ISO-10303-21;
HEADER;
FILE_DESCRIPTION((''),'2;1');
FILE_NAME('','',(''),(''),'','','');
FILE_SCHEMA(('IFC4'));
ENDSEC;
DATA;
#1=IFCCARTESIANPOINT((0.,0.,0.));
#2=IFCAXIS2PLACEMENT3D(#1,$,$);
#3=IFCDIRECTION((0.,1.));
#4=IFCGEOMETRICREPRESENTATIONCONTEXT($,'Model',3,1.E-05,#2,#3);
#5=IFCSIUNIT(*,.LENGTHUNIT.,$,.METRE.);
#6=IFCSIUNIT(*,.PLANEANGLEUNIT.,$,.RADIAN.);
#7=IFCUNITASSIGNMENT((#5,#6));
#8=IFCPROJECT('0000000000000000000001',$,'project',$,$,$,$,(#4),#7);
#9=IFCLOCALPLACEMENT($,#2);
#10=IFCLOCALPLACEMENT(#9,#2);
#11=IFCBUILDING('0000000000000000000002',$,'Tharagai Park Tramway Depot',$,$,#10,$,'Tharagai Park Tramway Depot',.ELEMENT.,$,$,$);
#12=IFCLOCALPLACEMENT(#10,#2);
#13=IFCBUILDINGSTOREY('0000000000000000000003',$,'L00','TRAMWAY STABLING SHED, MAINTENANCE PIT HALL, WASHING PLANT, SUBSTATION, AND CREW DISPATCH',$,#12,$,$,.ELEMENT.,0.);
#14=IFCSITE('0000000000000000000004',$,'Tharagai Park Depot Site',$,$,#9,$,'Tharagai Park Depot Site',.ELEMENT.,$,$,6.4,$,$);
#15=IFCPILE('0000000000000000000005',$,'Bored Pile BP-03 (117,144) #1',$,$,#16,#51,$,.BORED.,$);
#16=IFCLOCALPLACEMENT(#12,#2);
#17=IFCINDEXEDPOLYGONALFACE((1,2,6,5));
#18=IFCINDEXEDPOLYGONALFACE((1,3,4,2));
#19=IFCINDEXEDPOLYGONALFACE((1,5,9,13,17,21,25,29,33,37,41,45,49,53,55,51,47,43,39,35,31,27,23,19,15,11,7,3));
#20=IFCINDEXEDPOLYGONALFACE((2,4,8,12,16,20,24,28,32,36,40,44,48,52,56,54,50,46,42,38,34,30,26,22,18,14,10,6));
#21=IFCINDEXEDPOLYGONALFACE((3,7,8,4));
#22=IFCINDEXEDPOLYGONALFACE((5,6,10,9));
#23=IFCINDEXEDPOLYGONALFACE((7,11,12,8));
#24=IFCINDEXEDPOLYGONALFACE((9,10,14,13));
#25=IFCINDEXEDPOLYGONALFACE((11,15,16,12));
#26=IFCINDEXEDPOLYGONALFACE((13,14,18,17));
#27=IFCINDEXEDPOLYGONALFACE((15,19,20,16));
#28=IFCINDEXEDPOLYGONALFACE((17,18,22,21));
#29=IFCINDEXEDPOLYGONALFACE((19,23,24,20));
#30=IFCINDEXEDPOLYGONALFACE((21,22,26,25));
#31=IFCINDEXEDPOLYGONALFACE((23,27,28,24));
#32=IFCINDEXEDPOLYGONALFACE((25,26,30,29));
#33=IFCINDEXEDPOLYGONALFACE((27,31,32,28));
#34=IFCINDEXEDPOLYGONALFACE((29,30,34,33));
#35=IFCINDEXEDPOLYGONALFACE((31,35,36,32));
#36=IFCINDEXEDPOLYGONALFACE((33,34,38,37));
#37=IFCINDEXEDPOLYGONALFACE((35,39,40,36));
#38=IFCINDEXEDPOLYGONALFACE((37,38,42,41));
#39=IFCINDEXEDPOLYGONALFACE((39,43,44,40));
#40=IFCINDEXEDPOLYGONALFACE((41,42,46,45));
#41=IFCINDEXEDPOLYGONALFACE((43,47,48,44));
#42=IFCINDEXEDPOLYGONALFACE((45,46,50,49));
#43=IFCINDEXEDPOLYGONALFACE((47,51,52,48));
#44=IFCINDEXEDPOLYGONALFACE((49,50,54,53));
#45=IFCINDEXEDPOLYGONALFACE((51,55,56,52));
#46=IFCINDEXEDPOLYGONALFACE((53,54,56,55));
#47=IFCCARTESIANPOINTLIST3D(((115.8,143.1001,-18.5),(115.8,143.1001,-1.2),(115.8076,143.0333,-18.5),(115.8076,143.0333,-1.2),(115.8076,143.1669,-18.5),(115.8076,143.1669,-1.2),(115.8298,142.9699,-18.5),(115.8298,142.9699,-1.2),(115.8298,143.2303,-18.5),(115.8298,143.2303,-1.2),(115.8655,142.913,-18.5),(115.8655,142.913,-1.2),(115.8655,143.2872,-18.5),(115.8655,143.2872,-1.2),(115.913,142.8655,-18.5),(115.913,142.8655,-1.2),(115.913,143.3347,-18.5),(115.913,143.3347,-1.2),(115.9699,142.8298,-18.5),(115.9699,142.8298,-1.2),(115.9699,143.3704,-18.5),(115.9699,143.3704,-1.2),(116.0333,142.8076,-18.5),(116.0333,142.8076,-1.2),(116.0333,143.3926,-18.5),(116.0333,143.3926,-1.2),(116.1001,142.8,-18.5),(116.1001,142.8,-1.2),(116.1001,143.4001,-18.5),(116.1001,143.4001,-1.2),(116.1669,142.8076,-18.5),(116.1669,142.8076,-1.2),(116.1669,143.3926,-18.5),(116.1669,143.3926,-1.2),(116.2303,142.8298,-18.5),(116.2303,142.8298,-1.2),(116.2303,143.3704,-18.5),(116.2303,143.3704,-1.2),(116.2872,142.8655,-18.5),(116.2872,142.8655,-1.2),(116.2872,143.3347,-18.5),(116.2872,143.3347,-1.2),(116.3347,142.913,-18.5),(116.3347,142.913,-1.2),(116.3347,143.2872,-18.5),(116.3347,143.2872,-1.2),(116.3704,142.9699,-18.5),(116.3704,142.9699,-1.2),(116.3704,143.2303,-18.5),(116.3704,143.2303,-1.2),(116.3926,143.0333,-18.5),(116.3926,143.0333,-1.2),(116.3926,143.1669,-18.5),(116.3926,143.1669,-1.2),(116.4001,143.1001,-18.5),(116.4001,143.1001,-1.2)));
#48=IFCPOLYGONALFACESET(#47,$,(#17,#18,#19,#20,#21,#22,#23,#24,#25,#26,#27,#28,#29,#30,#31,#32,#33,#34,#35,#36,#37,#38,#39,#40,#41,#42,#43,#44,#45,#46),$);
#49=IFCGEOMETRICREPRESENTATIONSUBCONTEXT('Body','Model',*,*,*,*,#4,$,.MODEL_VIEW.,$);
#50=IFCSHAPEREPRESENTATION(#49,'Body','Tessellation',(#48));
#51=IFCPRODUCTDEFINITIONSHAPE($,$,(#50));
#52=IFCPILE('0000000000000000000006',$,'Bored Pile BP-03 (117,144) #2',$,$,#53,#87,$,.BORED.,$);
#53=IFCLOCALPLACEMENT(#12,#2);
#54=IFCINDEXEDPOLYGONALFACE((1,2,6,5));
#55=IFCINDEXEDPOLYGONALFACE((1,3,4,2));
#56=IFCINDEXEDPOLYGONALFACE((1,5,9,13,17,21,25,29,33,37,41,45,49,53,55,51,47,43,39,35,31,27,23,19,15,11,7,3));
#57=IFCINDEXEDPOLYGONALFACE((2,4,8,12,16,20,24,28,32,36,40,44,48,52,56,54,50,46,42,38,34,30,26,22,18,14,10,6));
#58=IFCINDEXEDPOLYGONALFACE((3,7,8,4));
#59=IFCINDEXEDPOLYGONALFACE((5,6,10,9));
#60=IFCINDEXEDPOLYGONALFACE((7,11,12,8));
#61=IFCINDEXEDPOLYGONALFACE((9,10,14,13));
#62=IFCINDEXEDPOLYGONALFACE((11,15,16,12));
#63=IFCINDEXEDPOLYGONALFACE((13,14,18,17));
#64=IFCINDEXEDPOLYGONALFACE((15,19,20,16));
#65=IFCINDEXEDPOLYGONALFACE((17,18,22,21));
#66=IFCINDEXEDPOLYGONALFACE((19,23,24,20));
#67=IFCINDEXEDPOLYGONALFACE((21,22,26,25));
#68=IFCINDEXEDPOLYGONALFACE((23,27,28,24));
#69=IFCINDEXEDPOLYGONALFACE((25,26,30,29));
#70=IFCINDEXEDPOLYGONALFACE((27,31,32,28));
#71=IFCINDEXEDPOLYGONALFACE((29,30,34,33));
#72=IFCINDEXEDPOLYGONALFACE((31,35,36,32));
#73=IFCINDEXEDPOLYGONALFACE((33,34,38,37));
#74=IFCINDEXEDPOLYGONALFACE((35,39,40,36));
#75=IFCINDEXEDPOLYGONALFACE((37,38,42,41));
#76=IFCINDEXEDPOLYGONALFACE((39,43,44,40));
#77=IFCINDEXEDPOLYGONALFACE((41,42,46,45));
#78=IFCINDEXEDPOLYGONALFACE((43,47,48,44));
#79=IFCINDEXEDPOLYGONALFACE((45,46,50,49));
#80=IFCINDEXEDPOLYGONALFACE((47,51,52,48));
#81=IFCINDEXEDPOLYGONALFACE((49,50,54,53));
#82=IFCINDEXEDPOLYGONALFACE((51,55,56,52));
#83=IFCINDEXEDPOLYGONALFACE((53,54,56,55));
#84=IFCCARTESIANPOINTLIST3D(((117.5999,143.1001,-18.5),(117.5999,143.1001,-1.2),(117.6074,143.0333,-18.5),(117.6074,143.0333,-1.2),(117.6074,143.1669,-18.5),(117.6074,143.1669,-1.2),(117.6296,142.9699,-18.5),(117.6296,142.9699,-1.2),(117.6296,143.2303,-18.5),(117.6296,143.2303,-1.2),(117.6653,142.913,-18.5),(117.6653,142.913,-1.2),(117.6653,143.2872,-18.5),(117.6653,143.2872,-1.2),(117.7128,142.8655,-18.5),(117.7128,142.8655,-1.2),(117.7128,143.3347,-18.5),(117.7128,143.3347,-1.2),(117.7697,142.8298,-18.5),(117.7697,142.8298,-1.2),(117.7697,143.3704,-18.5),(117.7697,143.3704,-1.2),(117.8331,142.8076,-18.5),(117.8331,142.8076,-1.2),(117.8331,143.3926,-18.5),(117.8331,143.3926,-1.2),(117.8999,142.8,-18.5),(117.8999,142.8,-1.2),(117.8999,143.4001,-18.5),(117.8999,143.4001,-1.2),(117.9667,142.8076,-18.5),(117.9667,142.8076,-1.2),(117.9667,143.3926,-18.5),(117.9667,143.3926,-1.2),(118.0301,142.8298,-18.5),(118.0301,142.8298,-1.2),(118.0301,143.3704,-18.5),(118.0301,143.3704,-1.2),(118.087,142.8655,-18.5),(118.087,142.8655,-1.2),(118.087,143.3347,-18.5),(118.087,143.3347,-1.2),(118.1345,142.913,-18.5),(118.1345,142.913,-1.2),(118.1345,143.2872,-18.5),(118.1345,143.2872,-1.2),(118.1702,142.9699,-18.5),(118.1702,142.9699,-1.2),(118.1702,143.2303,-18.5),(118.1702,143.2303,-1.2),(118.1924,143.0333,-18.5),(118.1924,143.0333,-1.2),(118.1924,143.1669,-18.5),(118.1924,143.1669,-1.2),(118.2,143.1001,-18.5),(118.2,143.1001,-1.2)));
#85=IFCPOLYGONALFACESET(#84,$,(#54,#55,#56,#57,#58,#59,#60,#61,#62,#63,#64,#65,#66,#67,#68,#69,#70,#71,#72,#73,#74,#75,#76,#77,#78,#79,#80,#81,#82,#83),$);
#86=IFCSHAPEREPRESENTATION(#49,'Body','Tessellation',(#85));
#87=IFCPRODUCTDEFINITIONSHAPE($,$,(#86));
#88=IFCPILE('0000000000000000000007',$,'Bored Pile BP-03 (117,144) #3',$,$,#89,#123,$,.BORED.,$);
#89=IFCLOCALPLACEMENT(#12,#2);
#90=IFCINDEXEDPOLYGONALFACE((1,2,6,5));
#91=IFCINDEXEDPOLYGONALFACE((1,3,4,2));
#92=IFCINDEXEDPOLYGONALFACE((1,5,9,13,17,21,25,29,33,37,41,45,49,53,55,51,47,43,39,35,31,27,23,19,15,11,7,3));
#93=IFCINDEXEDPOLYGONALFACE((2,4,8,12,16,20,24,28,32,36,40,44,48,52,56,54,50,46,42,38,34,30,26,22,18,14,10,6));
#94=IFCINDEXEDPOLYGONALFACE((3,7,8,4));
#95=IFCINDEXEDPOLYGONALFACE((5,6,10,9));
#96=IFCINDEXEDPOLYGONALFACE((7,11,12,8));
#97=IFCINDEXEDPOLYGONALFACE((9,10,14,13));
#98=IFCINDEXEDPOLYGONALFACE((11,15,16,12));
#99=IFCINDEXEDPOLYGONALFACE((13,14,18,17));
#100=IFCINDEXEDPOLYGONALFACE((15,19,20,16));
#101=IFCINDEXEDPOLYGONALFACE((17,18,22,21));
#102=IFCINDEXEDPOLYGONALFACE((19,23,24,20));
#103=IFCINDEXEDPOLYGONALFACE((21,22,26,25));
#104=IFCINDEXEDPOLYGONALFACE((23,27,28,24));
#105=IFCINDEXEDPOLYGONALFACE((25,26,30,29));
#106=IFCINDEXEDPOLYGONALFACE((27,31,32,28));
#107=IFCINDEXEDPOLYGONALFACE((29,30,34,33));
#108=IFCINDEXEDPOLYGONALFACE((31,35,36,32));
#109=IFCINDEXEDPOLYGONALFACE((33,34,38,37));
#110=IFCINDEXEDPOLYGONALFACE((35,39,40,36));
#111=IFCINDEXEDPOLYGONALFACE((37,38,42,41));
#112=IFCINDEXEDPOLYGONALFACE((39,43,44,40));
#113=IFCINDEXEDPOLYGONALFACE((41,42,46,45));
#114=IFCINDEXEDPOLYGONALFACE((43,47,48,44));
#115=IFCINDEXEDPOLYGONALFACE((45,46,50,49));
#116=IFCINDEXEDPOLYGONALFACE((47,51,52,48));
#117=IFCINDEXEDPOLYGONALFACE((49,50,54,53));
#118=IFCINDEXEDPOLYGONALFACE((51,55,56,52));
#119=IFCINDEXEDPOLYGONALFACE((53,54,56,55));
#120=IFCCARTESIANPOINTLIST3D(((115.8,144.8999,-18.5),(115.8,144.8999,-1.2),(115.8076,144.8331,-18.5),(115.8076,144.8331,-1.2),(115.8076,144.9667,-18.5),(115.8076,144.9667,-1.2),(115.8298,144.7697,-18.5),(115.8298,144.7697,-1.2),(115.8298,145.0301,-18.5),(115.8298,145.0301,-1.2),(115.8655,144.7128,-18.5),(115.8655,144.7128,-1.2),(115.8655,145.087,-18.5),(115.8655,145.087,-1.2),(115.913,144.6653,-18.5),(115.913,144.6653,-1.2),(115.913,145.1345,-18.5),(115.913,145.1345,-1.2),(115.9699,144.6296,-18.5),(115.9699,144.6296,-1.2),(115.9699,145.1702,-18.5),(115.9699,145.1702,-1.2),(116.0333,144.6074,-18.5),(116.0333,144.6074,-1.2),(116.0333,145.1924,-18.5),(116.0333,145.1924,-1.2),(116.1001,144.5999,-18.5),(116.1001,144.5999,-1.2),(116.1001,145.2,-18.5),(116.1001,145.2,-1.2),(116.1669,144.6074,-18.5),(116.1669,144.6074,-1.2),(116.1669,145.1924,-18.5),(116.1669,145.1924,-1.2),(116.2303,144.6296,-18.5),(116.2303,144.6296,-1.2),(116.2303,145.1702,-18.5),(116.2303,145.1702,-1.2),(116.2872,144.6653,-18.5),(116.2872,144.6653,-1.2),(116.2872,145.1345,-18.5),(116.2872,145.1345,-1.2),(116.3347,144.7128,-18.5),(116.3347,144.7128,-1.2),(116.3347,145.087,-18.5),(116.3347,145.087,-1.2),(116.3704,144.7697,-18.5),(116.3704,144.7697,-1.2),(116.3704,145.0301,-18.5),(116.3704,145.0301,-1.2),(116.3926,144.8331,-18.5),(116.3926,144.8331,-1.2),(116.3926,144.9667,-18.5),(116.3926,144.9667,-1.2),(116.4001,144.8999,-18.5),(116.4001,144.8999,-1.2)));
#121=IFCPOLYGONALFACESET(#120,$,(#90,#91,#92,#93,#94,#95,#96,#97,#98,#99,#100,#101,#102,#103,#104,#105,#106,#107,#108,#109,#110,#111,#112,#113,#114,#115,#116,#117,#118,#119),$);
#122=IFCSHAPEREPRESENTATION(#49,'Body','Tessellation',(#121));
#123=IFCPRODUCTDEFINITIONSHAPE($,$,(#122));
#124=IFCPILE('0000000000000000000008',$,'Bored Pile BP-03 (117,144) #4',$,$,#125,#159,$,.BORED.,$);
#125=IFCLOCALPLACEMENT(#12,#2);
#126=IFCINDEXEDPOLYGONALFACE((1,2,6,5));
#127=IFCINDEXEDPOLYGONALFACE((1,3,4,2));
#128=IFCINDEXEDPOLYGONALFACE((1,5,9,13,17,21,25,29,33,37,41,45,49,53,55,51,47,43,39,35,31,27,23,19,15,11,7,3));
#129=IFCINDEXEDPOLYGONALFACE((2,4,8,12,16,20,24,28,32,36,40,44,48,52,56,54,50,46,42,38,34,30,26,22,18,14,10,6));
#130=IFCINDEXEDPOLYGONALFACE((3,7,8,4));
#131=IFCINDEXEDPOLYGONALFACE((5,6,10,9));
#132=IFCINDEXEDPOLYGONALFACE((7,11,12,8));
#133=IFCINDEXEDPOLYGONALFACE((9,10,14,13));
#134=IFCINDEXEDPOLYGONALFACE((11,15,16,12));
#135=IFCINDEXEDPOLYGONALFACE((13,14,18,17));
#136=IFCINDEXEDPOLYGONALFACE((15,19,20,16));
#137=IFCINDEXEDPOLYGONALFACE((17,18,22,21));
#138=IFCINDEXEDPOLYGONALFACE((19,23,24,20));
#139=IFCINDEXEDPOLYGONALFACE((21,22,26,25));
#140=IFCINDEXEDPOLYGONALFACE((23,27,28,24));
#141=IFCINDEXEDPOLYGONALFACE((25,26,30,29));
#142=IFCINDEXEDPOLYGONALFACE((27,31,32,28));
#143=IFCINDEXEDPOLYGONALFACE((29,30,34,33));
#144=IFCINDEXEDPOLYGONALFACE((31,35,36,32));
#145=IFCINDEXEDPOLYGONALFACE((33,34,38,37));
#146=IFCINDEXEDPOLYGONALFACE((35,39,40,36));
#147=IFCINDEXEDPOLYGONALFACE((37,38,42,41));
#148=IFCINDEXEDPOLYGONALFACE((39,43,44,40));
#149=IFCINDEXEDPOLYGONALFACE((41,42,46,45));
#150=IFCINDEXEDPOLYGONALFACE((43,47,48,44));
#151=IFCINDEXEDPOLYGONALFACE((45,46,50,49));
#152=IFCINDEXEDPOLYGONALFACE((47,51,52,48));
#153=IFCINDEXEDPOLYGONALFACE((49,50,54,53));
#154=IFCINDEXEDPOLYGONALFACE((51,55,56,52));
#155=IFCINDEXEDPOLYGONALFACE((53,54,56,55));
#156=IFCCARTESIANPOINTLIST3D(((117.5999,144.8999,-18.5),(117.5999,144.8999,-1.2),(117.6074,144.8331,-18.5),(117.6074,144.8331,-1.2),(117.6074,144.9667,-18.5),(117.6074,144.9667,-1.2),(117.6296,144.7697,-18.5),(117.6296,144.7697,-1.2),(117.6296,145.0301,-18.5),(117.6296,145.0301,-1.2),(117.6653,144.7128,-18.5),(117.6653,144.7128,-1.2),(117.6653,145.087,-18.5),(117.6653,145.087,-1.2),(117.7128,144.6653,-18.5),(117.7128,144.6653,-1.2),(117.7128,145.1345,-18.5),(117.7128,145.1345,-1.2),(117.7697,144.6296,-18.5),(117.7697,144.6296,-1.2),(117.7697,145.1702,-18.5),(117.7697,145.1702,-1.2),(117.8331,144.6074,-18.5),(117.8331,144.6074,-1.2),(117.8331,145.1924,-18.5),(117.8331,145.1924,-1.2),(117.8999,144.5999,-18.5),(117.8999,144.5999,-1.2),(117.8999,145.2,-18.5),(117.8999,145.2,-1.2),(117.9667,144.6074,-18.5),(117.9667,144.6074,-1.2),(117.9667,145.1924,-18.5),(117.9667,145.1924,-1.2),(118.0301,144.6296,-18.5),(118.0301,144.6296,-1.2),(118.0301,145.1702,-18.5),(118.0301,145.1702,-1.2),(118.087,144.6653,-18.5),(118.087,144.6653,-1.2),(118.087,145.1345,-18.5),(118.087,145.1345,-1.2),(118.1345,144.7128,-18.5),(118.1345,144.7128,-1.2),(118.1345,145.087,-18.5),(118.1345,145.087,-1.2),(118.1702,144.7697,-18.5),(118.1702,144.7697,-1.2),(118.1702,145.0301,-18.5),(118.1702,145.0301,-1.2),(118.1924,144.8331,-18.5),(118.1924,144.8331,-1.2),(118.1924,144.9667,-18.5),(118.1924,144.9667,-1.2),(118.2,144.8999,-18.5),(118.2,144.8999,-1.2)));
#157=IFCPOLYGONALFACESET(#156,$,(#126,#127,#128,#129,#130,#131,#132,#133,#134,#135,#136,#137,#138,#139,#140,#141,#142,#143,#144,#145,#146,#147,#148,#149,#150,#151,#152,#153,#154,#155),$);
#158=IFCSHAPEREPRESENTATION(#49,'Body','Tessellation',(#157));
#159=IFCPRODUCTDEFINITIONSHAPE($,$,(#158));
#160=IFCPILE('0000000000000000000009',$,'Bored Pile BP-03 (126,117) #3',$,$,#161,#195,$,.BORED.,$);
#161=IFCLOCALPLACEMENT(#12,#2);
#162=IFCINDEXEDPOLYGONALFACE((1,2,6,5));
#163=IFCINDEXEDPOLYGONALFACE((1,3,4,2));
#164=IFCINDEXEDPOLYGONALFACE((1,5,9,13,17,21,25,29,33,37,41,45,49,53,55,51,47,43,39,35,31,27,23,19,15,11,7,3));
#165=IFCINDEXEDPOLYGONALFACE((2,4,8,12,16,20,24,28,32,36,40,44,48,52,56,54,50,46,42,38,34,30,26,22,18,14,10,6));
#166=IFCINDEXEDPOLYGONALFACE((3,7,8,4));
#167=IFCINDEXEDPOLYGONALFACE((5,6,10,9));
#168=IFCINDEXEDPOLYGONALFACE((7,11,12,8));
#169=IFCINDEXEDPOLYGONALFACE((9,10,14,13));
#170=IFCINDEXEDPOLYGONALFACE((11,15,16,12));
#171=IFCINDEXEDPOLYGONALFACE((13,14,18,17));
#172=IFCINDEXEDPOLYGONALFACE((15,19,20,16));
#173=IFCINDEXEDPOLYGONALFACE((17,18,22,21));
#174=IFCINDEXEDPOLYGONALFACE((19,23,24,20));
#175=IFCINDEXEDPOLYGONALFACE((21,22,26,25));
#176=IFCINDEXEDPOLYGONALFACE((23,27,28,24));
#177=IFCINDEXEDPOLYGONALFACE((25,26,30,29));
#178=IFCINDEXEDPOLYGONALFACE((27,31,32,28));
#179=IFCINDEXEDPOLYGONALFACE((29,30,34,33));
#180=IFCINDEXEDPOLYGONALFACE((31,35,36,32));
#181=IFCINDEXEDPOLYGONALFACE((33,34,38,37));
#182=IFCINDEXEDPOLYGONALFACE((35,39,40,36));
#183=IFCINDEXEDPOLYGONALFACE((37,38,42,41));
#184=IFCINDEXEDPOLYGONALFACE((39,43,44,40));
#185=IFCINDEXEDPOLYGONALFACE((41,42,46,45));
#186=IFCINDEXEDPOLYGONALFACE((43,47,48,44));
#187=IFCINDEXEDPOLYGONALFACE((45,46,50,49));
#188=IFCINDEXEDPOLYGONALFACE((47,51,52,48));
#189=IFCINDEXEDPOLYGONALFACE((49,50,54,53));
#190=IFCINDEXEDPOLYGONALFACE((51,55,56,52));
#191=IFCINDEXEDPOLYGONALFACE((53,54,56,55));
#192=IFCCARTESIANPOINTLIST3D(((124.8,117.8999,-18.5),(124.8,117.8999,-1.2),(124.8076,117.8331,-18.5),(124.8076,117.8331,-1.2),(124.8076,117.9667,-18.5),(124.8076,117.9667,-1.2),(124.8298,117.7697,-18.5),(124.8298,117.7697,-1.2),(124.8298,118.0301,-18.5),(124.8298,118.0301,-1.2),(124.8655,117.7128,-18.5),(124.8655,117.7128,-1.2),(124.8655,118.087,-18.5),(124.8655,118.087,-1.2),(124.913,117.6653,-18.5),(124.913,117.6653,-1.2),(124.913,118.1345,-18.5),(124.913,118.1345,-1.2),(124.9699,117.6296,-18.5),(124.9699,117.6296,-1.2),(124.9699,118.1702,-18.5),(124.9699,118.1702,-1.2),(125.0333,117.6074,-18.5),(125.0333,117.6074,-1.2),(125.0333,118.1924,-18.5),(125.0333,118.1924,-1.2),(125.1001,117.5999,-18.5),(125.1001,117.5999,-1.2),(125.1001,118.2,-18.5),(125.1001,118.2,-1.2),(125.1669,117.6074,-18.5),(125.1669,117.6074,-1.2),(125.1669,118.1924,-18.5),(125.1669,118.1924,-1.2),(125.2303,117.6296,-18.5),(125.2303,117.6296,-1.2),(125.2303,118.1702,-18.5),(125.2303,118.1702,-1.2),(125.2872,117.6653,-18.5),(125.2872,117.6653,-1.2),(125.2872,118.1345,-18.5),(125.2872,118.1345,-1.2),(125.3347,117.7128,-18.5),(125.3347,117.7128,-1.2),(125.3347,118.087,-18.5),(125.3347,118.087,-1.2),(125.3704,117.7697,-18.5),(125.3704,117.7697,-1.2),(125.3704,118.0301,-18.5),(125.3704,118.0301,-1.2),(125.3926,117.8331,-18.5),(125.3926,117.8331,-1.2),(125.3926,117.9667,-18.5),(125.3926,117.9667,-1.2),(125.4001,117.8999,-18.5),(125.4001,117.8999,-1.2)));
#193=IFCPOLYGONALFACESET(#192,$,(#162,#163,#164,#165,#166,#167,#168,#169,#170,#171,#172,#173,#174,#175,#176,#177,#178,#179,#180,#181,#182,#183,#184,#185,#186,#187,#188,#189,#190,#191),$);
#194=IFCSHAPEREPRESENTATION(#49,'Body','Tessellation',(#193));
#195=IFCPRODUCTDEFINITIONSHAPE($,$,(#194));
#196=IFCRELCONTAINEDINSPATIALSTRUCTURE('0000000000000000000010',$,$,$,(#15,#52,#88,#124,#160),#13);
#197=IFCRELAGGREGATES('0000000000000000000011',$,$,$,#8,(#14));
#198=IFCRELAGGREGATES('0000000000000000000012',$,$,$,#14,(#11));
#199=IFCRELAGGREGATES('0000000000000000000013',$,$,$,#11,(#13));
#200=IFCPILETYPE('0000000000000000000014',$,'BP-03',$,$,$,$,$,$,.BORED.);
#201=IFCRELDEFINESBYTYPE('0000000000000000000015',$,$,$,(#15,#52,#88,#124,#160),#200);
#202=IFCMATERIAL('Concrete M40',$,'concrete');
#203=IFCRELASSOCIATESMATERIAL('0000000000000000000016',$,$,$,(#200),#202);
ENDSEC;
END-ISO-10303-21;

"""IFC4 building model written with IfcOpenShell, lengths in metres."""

from ifc_helpers import new_model, si_unit, direction, frame, origin, origin_2d, place, context, subcontext, project, spatial, circle, extrude, material, material_profile, profile_set, type_object, element, save


model = new_model("IFC4")

# Units and contexts
model_context = context("Model", 3, precision=1e-05, world=origin(), true_north=direction((0.0, 1.0)))
body_context = subcontext(model_context, "Body", "Model", "MODEL_VIEW")
ifc_project = project(units=[si_unit("LENGTHUNIT", "METRE"), si_unit("PLANEANGLEUNIT", "RADIAN")], contexts=[model_context])

# Site, building, storey
site_placement = place(None, origin())
site = spatial("IfcSite", under=ifc_project, at=site_placement, Name="Tharagai Park Depot Site", LongName="Tharagai Park Depot Site", CompositionType="ELEMENT", RefElevation=6.4)
building_placement = place(site_placement, origin())
building = spatial("IfcBuilding", under=site, at=building_placement, Name="Tharagai Park Tramway Depot", LongName="Tharagai Park Tramway Depot", CompositionType="ELEMENT")
storey_placement = place(building_placement, origin())
storey = spatial("IfcBuildingStorey", under=building, at=storey_placement, Name="L00", Description="TRAMWAY STABLING SHED, MAINTENANCE PIT HALL, WASHING PLANT, SUBSTATION, AND CREW DISPATCH", CompositionType="ELEMENT", Elevation=0.0)

# Piles
ifc_material_1 = material(Name="Concrete M40", Category="concrete")
ifc_material_profile_1 = material_profile(ifc_material_1, circle(Radius=0.3, at=origin_2d()), Name="PILE D600")
ifc_profile_set_1 = profile_set([ifc_material_profile_1], Name="Concrete M40")
pile_type = type_object("IfcPileType", Name="BP-03", PredefinedType="BORED", material=ifc_profile_set_1)
for number, where, z_axis, x_axis, name in (
    (1, (116.1001, 143.1001, -1.2), (0.0, 0.0, -1.0), (1.0, 0.0, 0.0), "Bored Pile BP-03 (117,144) #1"),
    (2, (117.8999, 143.1001, -1.2), (0.0, 0.0, -1.0), (1.0, 0.0, 0.0), "Bored Pile BP-03 (117,144) #2"),
    (3, (116.1001, 144.8999, -1.2), (0.0, 0.0, -1.0), (1.0, 0.0, 0.0), "Bored Pile BP-03 (117,144) #3"),
    (4, (117.8999, 144.8999, -1.2), (0.0, 0.0, -1.0), (1.0, 0.0, 0.0), "Bored Pile BP-03 (117,144) #4"),
    (5, (125.1001, 117.8999, -1.2), (0.0, 0.0, -1.0), (1.0, 0.0, 0.0), "Bored Pile BP-03 (126,117) #3"),
):
    element("IfcPile", number, at=place(storey_placement, frame(where, z_axis=z_axis, x_axis=x_axis)), inside=storey, type_object=pile_type, Name=name, PredefinedType="BORED", context=body_context, shape_type="SweptSolid", body=[
        extrude(circle(Radius=0.3, at=origin_2d()), origin(), (0.0, 0.0, 1.0), 17.3),
    ])

save(model, "model.ifc")
